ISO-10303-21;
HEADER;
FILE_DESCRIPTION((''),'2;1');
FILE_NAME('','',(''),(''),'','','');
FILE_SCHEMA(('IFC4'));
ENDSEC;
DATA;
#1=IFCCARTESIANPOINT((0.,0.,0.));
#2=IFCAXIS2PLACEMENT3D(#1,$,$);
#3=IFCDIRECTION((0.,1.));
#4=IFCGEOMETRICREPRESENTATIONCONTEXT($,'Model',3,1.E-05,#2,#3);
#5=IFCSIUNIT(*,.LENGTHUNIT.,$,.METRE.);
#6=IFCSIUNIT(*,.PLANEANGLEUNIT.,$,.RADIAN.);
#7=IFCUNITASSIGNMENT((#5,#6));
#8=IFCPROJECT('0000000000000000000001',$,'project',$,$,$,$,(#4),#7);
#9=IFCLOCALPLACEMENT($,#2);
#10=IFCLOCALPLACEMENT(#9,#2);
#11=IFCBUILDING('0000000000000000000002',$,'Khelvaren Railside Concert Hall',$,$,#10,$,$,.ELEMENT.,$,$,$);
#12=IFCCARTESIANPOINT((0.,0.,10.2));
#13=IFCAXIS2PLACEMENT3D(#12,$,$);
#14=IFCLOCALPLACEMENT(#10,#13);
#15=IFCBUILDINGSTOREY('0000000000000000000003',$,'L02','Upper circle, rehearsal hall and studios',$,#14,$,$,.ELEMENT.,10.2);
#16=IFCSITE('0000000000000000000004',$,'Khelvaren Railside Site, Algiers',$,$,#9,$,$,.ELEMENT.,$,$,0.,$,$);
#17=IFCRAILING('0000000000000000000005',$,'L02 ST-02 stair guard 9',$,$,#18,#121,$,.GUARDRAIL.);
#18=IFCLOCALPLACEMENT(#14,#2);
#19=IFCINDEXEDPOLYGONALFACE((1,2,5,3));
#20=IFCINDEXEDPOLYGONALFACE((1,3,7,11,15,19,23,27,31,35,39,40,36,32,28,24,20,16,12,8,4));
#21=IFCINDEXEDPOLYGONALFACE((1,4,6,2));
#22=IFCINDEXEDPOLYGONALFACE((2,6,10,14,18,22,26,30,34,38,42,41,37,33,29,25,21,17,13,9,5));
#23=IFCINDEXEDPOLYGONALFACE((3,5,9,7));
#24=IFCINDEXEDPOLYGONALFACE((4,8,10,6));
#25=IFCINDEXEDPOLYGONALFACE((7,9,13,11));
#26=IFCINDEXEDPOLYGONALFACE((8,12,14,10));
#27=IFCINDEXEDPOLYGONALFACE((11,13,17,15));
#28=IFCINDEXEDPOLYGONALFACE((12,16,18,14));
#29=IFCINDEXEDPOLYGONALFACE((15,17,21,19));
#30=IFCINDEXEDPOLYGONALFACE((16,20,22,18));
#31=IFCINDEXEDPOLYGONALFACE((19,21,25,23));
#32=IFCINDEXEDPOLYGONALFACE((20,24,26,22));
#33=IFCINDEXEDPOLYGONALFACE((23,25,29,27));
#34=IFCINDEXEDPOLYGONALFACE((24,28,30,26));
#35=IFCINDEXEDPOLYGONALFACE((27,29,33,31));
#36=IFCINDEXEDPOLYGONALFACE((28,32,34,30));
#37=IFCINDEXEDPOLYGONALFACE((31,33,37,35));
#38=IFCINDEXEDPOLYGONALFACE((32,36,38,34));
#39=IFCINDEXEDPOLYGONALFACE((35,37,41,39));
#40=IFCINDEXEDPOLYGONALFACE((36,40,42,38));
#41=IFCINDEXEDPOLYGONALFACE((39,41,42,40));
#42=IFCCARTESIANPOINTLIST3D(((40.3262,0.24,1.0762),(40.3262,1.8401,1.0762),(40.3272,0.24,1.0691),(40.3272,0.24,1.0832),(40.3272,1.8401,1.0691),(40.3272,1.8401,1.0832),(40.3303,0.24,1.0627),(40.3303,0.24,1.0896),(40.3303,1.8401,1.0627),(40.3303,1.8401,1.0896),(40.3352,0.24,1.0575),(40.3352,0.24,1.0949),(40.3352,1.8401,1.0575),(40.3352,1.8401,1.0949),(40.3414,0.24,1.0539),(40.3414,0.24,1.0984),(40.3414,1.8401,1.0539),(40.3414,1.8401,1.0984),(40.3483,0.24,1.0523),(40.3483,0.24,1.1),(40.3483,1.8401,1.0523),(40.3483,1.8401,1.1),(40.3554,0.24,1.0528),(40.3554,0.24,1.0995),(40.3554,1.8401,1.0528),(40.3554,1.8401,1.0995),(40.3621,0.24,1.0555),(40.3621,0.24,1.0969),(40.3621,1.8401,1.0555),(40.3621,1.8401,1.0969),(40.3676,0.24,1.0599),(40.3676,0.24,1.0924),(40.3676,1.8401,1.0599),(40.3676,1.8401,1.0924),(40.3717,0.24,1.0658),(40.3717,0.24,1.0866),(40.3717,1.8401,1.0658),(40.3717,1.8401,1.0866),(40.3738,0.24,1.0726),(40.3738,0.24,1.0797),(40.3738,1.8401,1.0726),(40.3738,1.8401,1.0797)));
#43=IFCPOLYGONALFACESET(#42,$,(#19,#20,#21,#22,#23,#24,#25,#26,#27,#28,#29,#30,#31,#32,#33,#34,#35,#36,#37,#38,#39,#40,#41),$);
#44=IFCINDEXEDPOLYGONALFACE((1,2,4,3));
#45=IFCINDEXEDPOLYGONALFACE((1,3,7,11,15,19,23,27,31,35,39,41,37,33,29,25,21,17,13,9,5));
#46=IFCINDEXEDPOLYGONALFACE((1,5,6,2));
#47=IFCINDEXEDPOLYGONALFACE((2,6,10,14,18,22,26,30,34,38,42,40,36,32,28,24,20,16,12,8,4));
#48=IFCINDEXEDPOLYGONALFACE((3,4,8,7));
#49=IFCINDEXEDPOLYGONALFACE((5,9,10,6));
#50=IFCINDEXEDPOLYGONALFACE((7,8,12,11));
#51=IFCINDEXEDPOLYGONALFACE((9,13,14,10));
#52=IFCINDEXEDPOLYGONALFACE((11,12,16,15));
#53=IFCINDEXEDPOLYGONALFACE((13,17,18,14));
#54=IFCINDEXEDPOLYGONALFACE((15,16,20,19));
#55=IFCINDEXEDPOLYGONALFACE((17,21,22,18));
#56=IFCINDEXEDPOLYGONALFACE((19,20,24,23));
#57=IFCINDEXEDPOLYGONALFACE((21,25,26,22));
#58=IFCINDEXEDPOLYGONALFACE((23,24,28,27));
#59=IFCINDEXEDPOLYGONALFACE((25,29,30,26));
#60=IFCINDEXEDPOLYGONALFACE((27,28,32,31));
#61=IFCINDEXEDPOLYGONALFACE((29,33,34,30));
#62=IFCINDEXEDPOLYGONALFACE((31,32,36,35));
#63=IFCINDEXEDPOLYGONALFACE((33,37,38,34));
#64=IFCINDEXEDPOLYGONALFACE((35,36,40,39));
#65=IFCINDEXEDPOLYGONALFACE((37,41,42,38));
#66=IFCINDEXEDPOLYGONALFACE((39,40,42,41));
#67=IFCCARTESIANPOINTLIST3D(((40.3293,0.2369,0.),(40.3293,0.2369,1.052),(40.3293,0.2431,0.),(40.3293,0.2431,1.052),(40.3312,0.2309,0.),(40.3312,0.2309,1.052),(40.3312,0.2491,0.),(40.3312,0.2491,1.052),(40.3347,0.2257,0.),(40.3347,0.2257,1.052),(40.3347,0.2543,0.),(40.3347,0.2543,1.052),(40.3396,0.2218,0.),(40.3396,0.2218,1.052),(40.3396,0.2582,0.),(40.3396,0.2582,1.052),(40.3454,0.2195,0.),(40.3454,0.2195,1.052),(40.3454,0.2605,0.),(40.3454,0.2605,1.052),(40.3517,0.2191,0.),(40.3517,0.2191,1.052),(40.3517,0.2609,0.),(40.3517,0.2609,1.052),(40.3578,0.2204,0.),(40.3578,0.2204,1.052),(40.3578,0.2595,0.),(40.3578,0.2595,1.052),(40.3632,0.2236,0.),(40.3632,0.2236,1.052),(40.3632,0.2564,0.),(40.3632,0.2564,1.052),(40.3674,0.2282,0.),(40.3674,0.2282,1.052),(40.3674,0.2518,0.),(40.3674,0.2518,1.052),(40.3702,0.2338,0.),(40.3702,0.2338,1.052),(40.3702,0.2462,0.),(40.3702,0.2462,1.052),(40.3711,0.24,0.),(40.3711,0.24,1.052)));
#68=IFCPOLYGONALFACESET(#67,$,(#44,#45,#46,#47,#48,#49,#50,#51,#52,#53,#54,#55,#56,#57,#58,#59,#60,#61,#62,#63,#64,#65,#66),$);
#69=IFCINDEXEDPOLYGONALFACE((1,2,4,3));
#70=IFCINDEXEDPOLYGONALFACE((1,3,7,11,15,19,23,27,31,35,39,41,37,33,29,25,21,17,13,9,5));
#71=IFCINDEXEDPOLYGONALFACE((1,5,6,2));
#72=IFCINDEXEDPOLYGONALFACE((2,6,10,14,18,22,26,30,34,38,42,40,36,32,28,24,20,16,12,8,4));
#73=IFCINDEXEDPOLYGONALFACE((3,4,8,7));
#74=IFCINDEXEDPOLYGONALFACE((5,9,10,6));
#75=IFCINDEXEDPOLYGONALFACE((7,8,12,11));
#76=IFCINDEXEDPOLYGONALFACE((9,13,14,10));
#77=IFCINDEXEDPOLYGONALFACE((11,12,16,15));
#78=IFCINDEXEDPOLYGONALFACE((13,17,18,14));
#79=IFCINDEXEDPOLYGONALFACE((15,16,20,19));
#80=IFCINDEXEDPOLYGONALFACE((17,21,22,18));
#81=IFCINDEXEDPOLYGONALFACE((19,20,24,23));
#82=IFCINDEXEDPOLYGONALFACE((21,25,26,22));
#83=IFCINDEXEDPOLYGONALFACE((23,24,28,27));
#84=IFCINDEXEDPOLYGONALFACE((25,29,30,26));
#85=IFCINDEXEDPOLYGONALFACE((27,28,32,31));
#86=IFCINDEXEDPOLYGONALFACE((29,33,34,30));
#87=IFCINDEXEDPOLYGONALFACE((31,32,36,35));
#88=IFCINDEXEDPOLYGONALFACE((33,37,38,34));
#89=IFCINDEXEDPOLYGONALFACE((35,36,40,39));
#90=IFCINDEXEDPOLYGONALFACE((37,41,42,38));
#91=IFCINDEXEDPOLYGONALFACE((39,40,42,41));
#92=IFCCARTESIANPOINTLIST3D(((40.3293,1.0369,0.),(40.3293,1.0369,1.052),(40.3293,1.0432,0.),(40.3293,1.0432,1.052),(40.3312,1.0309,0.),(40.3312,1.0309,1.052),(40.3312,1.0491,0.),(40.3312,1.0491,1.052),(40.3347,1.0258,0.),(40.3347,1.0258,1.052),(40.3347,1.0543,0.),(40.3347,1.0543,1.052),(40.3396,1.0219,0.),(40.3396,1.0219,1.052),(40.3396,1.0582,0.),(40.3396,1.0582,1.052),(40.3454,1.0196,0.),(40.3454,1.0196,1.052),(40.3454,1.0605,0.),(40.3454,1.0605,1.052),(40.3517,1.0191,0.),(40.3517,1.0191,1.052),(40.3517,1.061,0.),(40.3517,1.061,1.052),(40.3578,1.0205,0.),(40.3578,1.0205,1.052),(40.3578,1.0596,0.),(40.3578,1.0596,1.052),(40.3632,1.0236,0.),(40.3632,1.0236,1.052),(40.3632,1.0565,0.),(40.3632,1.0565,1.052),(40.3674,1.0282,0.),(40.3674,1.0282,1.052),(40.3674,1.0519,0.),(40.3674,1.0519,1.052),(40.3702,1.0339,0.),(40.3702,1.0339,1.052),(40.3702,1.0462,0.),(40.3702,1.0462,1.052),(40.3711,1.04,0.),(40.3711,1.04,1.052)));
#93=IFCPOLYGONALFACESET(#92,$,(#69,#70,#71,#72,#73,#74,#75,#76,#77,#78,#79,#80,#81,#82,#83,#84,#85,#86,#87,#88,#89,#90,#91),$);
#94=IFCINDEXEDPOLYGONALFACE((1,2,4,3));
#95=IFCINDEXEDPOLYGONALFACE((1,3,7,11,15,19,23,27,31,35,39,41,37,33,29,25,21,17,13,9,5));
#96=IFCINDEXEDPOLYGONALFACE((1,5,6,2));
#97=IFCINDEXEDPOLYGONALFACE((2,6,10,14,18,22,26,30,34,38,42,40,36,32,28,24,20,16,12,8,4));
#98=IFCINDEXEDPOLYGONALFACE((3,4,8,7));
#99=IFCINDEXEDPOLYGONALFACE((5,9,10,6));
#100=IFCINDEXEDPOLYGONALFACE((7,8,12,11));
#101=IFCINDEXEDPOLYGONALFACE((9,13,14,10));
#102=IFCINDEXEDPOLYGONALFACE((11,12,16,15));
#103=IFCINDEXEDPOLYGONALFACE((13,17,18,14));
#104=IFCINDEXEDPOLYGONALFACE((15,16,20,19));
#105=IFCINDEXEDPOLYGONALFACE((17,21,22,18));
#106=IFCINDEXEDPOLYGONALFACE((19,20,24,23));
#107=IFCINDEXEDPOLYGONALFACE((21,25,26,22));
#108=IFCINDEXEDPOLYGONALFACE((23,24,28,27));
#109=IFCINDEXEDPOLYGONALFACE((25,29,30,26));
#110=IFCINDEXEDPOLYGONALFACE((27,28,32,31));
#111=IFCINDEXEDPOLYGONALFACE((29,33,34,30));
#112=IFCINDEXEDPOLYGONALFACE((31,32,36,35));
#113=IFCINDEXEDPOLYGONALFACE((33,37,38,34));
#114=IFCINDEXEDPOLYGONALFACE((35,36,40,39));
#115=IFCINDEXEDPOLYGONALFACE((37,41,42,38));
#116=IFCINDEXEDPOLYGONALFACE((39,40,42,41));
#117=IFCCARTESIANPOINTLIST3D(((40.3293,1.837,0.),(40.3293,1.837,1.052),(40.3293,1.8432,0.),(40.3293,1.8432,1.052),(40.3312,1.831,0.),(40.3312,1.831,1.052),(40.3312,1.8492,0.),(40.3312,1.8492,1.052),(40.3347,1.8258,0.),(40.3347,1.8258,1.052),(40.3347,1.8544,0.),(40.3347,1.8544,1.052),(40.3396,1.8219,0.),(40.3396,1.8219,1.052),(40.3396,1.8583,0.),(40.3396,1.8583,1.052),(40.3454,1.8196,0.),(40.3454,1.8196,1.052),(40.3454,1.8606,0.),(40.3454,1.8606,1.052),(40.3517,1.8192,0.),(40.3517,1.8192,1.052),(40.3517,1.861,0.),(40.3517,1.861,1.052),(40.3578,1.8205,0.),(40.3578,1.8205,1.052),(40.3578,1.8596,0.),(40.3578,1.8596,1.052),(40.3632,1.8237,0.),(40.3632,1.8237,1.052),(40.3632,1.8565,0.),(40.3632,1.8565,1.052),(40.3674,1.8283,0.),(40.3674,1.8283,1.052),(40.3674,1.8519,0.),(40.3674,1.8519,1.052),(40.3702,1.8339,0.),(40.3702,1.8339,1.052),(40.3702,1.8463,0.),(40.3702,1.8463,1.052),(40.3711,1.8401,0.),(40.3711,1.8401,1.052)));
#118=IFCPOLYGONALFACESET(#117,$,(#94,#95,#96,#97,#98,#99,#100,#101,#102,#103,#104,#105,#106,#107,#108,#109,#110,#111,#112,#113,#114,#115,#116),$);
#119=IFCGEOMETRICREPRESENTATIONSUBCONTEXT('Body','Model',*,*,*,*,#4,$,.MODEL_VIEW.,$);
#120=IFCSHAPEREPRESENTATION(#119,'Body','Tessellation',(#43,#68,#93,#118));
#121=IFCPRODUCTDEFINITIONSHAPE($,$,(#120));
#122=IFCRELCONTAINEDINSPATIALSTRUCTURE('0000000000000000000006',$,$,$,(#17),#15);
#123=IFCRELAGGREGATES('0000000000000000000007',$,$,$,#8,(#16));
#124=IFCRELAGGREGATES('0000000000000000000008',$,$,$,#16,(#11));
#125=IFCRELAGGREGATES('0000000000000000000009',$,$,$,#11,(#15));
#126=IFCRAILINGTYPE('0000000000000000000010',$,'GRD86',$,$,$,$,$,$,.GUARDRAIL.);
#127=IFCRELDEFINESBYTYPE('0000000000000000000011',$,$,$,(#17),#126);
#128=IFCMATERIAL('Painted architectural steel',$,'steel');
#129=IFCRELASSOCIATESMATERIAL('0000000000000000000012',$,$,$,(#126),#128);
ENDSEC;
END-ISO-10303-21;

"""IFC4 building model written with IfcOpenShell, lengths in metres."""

from ifc_helpers import new_model, si_unit, direction, frame, origin, origin_2d, place, context, subcontext, project, spatial, circle, extrude, material, type_object, element, save


model = new_model("IFC4")

# Units and contexts
model_context = context("Model", 3, precision=1e-05, world=origin(), true_north=direction((0.0, 1.0)))
body_context = subcontext(model_context, "Body", "Model", "MODEL_VIEW")
ifc_project = project(units=[si_unit("LENGTHUNIT", "METRE"), si_unit("PLANEANGLEUNIT", "RADIAN")], contexts=[model_context])

# Site, building, storey
site_placement = place(None, origin())
site = spatial("IfcSite", under=ifc_project, at=site_placement, Name="Khelvaren Railside Site, Algiers", CompositionType="ELEMENT", RefElevation=0.0)
building_placement = place(site_placement, origin())
building = spatial("IfcBuilding", under=site, at=building_placement, Name="Khelvaren Railside Concert Hall", CompositionType="ELEMENT")
storey_placement = place(building_placement, frame((0.0, 0.0, 10.2)))
storey = spatial("IfcBuildingStorey", under=building, at=storey_placement, Name="L02", Description="Upper circle, rehearsal hall and studios", CompositionType="ELEMENT", Elevation=10.2)

# Railing
ifc_material_1 = material(Name="Painted architectural steel", Category="steel")
railing_type_1 = type_object("IfcRailingType", Name="GRD86", PredefinedType="GUARDRAIL", material=ifc_material_1)
for number, where, name in (
    (1, (40.3501, 0.24, 0.0), "L02 ST-02 stair guard 9"),
):
    element("IfcRailing", number, at=place(storey_placement, frame(where)), inside=storey, type_object=railing_type_1, Name=name, PredefinedType="GUARDRAIL", context=body_context, shape_type="SweptSolid", body=[
        extrude(circle(Radius=0.0239, at=origin_2d()), frame((0.0, 0.0, 1.0762), z_axis=(0.0, 1.0, 0.0), x_axis=(-1.0, 0.0, 0.0)), (0.0, 0.0, 1.0), 1.6001),
        extrude(circle(Radius=0.021, at=origin_2d()), origin(), (0.0, 0.0, 1.0), 1.052),
        extrude(circle(Radius=0.021, at=origin_2d()), frame((0.0, 0.8, 0.0)), (0.0, 0.0, 1.0), 1.052),
        extrude(circle(Radius=0.021, at=origin_2d()), frame((0.0, 1.6001, 0.0)), (0.0, 0.0, 1.0), 1.052),
    ])

save(model, "model.ifc")
